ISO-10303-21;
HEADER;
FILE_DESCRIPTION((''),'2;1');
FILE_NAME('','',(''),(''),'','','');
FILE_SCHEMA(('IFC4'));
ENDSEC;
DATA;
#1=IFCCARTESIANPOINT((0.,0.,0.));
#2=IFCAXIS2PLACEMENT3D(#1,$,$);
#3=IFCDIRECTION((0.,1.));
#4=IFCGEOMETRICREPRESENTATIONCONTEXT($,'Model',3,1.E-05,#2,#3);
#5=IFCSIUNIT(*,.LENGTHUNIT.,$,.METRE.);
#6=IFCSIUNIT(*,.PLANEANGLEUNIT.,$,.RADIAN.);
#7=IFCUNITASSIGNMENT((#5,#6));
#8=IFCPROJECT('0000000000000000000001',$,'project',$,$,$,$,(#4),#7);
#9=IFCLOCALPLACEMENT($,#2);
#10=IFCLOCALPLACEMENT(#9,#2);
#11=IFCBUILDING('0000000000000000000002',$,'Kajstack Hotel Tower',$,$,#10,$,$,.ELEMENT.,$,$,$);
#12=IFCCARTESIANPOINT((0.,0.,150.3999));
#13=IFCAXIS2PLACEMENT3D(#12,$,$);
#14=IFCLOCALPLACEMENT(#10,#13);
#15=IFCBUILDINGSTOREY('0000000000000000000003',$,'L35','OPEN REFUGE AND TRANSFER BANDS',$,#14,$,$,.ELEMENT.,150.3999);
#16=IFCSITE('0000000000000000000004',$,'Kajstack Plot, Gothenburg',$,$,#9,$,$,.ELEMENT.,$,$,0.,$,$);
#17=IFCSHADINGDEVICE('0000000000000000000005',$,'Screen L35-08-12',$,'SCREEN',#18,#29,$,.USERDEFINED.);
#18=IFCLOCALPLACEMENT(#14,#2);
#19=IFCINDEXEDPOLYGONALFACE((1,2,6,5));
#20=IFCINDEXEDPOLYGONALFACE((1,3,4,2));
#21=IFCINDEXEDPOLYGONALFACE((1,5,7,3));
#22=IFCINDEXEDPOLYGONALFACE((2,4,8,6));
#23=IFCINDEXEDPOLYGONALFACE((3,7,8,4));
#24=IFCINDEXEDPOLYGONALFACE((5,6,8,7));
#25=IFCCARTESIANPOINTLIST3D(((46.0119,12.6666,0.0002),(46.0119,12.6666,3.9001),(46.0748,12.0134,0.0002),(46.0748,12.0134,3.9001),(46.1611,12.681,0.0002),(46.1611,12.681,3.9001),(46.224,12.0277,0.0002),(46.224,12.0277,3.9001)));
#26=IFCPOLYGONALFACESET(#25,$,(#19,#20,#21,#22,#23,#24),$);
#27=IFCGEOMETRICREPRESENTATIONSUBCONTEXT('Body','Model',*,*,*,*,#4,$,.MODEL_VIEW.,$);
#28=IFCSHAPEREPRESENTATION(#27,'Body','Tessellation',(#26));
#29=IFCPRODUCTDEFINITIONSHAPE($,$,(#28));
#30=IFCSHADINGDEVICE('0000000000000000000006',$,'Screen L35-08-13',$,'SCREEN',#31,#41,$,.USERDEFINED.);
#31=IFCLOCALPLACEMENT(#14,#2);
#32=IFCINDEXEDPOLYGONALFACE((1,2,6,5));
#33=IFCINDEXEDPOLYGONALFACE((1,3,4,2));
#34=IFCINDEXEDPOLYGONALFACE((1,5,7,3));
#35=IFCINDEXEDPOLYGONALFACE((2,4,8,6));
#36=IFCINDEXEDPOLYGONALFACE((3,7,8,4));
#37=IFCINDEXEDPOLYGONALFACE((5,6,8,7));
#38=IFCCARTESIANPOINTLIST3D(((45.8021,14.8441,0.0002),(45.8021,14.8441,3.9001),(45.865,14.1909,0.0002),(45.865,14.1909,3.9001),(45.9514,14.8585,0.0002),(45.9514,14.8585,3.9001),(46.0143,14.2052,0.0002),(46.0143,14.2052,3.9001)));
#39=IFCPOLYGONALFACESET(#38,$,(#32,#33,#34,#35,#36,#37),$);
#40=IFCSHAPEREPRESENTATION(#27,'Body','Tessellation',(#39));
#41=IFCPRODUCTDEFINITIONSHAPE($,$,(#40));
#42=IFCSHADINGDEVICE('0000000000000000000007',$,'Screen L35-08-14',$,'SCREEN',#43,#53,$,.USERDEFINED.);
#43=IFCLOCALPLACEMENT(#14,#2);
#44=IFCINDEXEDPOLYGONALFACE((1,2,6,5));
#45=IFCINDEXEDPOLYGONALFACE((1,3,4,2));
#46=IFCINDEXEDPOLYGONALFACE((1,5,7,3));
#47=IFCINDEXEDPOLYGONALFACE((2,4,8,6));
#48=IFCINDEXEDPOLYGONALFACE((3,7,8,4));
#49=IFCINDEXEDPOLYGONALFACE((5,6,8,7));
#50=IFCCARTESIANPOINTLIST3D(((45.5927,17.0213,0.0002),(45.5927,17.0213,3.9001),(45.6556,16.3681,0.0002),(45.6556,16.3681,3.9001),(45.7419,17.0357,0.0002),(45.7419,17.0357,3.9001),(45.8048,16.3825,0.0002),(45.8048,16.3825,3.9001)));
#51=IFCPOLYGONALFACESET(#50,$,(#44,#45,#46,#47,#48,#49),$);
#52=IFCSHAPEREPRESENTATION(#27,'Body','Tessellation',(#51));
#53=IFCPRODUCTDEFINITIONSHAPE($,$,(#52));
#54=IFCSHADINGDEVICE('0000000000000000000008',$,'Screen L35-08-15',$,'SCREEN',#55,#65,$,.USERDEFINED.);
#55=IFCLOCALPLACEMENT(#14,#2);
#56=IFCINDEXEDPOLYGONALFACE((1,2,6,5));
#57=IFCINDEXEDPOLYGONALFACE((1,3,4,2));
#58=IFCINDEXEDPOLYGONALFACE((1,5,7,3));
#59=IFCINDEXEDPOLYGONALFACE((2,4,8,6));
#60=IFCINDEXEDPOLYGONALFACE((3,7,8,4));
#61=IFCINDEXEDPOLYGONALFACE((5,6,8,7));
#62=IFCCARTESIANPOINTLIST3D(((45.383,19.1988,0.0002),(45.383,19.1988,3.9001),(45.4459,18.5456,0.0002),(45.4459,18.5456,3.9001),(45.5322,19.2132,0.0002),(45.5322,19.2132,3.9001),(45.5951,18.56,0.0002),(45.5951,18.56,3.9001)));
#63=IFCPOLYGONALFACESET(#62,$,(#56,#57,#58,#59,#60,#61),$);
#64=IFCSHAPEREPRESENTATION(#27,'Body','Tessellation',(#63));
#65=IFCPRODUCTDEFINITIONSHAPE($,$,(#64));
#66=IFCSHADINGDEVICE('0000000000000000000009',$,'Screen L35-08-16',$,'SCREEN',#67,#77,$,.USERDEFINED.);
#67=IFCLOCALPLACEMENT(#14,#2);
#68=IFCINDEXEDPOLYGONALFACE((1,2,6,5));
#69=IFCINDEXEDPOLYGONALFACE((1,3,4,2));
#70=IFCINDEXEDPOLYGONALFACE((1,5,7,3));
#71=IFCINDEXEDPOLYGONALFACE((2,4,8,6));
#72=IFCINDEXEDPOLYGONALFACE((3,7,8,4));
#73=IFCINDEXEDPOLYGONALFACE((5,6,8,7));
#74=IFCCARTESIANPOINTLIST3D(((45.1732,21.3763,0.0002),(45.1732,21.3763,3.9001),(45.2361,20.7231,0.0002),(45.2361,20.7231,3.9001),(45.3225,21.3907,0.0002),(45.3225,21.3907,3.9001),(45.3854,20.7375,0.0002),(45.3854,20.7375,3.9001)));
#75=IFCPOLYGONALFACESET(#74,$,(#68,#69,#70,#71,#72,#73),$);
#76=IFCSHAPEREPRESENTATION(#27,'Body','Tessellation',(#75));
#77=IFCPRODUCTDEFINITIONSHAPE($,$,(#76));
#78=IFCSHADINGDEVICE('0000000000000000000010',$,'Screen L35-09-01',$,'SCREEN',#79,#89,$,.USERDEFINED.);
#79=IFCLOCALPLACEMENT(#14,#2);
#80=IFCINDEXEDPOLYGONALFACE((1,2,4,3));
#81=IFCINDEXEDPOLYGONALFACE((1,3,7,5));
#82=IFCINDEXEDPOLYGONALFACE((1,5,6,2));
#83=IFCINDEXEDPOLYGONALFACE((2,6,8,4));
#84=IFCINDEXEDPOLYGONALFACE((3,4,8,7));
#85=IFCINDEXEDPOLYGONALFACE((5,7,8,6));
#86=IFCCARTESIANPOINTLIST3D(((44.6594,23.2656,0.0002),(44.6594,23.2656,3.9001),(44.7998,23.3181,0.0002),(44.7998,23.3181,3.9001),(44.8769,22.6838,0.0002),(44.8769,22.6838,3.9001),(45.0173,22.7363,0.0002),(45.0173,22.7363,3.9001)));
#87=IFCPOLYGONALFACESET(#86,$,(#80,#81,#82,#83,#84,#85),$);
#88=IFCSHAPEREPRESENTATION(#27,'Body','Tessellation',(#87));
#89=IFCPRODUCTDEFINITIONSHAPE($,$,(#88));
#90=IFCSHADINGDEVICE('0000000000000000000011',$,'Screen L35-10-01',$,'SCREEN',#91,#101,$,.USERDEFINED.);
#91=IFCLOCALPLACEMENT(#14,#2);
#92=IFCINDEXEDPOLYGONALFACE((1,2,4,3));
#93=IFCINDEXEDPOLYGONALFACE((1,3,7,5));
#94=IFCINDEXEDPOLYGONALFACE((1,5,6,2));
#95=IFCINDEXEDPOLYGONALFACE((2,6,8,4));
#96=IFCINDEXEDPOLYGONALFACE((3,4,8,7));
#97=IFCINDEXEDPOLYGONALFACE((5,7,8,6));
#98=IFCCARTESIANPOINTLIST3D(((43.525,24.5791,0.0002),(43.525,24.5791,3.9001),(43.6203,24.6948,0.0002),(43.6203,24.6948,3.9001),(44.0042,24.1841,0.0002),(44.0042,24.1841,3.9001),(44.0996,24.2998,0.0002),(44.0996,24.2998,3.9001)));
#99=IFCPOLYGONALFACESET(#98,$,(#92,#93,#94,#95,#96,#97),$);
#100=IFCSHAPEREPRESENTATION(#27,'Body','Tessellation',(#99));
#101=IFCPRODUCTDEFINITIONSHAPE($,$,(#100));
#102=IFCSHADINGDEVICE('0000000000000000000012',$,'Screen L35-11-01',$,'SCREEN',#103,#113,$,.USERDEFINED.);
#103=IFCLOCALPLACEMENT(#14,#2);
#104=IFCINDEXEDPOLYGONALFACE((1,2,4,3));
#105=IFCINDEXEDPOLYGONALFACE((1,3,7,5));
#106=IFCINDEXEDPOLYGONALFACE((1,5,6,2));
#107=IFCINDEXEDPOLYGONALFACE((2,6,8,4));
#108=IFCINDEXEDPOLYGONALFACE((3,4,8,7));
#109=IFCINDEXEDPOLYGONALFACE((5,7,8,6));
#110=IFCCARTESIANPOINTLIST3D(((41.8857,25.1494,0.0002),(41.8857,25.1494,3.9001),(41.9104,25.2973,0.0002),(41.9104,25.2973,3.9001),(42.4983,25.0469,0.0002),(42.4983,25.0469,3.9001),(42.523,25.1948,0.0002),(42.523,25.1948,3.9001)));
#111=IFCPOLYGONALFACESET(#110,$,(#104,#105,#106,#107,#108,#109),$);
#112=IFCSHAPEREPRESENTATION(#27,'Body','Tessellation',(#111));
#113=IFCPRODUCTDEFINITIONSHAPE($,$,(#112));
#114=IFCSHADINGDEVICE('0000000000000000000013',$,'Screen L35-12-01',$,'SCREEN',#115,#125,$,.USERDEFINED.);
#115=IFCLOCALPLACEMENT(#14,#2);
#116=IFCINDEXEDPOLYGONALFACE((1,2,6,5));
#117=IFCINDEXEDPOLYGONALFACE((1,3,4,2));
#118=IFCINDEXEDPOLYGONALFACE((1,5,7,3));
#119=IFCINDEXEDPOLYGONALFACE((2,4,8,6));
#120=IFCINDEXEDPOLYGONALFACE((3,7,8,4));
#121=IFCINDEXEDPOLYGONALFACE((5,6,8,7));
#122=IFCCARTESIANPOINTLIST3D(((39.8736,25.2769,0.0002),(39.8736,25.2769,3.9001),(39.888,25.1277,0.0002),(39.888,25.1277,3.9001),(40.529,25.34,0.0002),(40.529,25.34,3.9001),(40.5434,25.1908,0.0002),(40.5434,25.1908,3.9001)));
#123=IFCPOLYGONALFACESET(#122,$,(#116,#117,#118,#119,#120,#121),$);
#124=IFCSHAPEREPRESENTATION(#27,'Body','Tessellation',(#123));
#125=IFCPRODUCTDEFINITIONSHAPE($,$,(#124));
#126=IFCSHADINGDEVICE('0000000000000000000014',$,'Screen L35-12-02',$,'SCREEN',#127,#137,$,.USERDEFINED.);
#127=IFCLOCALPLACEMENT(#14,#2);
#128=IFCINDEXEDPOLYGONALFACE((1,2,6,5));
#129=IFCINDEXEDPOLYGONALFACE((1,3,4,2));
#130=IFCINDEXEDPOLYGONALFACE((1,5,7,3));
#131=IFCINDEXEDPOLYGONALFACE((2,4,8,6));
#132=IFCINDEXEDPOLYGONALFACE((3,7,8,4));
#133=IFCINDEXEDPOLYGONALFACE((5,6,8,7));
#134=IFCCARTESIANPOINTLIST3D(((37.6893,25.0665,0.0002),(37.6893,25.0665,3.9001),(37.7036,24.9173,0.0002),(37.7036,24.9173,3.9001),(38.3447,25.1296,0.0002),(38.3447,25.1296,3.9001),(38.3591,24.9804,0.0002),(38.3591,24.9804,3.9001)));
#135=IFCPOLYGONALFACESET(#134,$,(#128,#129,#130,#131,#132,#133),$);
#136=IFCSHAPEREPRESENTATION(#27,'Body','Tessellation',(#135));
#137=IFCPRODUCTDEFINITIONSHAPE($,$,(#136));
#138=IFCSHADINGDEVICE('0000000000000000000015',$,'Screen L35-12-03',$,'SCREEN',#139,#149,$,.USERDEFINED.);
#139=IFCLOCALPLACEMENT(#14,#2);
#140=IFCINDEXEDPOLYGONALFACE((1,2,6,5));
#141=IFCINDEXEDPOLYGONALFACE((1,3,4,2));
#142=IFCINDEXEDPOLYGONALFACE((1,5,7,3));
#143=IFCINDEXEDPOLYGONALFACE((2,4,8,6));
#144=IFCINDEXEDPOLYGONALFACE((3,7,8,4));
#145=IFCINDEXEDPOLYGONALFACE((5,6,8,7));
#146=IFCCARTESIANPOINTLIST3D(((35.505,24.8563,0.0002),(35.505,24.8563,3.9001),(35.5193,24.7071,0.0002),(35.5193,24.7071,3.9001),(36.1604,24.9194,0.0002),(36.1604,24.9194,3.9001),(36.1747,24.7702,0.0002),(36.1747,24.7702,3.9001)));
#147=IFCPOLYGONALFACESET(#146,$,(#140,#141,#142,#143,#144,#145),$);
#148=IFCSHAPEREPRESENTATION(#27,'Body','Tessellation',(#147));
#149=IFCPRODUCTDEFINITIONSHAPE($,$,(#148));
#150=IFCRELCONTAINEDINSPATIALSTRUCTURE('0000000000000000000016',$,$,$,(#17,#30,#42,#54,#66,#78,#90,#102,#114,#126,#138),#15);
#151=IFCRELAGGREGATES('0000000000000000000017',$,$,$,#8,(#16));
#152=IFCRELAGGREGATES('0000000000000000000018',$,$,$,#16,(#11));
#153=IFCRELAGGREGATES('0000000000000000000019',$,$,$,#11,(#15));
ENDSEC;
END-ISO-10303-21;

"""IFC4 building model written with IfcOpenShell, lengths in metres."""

from ifc_helpers import new_model, si_unit, direction, frame, origin, origin_2d, place, context, subcontext, project, spatial, rectangle, extrude, element, save


model = new_model("IFC4")

# Units and contexts
model_context = context("Model", 3, precision=1e-05, world=origin(), true_north=direction((0.0, 1.0)))
body_context = subcontext(model_context, "Body", "Model", "MODEL_VIEW")
ifc_project = project(units=[si_unit("LENGTHUNIT", "METRE"), si_unit("PLANEANGLEUNIT", "RADIAN")], contexts=[model_context])

# Site, building, storey
site_placement = place(None, origin())
site = spatial("IfcSite", under=ifc_project, at=site_placement, Name="Kajstack Plot, Gothenburg", CompositionType="ELEMENT", RefElevation=0.0)
building_placement = place(site_placement, origin())
building = spatial("IfcBuilding", under=site, at=building_placement, Name="Kajstack Hotel Tower", CompositionType="ELEMENT")
storey_placement = place(building_placement, frame((0.0, 0.0, 150.3999)))
storey = spatial("IfcBuildingStorey", under=building, at=storey_placement, Name="L35", Description="OPEN REFUGE AND TRANSFER BANDS", CompositionType="ELEMENT", Elevation=150.3999)

# Shading devices
for number, where, z_axis, x_axis, name in (
    (1, (46.1179, 12.3472, 0.0002), (0.0, 0.0, 1.0), (-0.095846, 0.995396, 0.0), "Screen L35-08-12"),
    (2, (45.9082, 14.5247, 0.0002), (0.0, 0.0, 1.0), (-0.095846, 0.995396, 0.0), "Screen L35-08-13"),
    (3, (45.6987, 16.7019, 0.0002), (0.0, 0.0, 1.0), (-0.095846, 0.995396, 0.0), "Screen L35-08-14"),
    (4, (45.489, 18.8794, 0.0002), (0.0, 0.0, 1.0), (-0.095846, 0.995396, 0.0), "Screen L35-08-15"),
    (5, (45.2793, 21.0569, 0.0002), (0.0, 0.0, 1.0), (-0.095846, 0.995396, 0.0), "Screen L35-08-16"),
):
    element("IfcShadingDevice", number, at=place(storey_placement, frame(where, z_axis=z_axis, x_axis=x_axis)), inside=storey, Name=name, ObjectType="SCREEN", PredefinedType="USERDEFINED", context=body_context, shape_type="SweptSolid", body=[
        extrude(rectangle(XDim=0.6562, YDim=0.1499, at=origin_2d()), origin(), (0.0, 0.0, 1.0), 3.8999),
    ])
for number, where, z_axis, x_axis, name in (
    (6, (44.8384, 23.001, 0.0002), (0.0, 0.0, 1.0), (-0.350186, 0.93668, 0.0), "Screen L35-09-01"),
    (7, (43.8123, 24.4395, 0.0002), (0.0, 0.0, 1.0), (-0.771635, 0.636066, 0.0), "Screen L35-10-01"),
    (8, (42.2043, 25.1721, 0.0002), (0.0, 0.0, 1.0), (-0.986288, 0.165033, 0.0), "Screen L35-11-01"),
):
    element("IfcShadingDevice", number, at=place(storey_placement, frame(where, z_axis=z_axis, x_axis=x_axis)), inside=storey, Name=name, ObjectType="SCREEN", PredefinedType="USERDEFINED", context=body_context, shape_type="SweptSolid", body=[
        extrude(rectangle(XDim=0.6211, YDim=0.1499, at=origin_2d()), origin(), (0.0, 0.0, 1.0), 3.8999),
    ])
for number, where, z_axis, x_axis, name in (
    (9, (40.2085, 25.2339, 0.0002), (0.0, 0.0, 1.0), (-0.995396, -0.095846, 0.0), "Screen L35-12-01"),
    (10, (38.0242, 25.0234, 0.0002), (0.0, 0.0, 1.0), (-0.995396, -0.095846, 0.0), "Screen L35-12-02"),
    (11, (35.8398, 24.8132, 0.0002), (0.0, 0.0, 1.0), (-0.995396, -0.095846, 0.0), "Screen L35-12-03"),
):
    element("IfcShadingDevice", number, at=place(storey_placement, frame(where, z_axis=z_axis, x_axis=x_axis)), inside=storey, Name=name, ObjectType="SCREEN", PredefinedType="USERDEFINED", context=body_context, shape_type="SweptSolid", body=[
        extrude(rectangle(XDim=0.6584, YDim=0.1499, at=origin_2d()), origin(), (0.0, 0.0, 1.0), 3.8999),
    ])

save(model, "model.ifc")
